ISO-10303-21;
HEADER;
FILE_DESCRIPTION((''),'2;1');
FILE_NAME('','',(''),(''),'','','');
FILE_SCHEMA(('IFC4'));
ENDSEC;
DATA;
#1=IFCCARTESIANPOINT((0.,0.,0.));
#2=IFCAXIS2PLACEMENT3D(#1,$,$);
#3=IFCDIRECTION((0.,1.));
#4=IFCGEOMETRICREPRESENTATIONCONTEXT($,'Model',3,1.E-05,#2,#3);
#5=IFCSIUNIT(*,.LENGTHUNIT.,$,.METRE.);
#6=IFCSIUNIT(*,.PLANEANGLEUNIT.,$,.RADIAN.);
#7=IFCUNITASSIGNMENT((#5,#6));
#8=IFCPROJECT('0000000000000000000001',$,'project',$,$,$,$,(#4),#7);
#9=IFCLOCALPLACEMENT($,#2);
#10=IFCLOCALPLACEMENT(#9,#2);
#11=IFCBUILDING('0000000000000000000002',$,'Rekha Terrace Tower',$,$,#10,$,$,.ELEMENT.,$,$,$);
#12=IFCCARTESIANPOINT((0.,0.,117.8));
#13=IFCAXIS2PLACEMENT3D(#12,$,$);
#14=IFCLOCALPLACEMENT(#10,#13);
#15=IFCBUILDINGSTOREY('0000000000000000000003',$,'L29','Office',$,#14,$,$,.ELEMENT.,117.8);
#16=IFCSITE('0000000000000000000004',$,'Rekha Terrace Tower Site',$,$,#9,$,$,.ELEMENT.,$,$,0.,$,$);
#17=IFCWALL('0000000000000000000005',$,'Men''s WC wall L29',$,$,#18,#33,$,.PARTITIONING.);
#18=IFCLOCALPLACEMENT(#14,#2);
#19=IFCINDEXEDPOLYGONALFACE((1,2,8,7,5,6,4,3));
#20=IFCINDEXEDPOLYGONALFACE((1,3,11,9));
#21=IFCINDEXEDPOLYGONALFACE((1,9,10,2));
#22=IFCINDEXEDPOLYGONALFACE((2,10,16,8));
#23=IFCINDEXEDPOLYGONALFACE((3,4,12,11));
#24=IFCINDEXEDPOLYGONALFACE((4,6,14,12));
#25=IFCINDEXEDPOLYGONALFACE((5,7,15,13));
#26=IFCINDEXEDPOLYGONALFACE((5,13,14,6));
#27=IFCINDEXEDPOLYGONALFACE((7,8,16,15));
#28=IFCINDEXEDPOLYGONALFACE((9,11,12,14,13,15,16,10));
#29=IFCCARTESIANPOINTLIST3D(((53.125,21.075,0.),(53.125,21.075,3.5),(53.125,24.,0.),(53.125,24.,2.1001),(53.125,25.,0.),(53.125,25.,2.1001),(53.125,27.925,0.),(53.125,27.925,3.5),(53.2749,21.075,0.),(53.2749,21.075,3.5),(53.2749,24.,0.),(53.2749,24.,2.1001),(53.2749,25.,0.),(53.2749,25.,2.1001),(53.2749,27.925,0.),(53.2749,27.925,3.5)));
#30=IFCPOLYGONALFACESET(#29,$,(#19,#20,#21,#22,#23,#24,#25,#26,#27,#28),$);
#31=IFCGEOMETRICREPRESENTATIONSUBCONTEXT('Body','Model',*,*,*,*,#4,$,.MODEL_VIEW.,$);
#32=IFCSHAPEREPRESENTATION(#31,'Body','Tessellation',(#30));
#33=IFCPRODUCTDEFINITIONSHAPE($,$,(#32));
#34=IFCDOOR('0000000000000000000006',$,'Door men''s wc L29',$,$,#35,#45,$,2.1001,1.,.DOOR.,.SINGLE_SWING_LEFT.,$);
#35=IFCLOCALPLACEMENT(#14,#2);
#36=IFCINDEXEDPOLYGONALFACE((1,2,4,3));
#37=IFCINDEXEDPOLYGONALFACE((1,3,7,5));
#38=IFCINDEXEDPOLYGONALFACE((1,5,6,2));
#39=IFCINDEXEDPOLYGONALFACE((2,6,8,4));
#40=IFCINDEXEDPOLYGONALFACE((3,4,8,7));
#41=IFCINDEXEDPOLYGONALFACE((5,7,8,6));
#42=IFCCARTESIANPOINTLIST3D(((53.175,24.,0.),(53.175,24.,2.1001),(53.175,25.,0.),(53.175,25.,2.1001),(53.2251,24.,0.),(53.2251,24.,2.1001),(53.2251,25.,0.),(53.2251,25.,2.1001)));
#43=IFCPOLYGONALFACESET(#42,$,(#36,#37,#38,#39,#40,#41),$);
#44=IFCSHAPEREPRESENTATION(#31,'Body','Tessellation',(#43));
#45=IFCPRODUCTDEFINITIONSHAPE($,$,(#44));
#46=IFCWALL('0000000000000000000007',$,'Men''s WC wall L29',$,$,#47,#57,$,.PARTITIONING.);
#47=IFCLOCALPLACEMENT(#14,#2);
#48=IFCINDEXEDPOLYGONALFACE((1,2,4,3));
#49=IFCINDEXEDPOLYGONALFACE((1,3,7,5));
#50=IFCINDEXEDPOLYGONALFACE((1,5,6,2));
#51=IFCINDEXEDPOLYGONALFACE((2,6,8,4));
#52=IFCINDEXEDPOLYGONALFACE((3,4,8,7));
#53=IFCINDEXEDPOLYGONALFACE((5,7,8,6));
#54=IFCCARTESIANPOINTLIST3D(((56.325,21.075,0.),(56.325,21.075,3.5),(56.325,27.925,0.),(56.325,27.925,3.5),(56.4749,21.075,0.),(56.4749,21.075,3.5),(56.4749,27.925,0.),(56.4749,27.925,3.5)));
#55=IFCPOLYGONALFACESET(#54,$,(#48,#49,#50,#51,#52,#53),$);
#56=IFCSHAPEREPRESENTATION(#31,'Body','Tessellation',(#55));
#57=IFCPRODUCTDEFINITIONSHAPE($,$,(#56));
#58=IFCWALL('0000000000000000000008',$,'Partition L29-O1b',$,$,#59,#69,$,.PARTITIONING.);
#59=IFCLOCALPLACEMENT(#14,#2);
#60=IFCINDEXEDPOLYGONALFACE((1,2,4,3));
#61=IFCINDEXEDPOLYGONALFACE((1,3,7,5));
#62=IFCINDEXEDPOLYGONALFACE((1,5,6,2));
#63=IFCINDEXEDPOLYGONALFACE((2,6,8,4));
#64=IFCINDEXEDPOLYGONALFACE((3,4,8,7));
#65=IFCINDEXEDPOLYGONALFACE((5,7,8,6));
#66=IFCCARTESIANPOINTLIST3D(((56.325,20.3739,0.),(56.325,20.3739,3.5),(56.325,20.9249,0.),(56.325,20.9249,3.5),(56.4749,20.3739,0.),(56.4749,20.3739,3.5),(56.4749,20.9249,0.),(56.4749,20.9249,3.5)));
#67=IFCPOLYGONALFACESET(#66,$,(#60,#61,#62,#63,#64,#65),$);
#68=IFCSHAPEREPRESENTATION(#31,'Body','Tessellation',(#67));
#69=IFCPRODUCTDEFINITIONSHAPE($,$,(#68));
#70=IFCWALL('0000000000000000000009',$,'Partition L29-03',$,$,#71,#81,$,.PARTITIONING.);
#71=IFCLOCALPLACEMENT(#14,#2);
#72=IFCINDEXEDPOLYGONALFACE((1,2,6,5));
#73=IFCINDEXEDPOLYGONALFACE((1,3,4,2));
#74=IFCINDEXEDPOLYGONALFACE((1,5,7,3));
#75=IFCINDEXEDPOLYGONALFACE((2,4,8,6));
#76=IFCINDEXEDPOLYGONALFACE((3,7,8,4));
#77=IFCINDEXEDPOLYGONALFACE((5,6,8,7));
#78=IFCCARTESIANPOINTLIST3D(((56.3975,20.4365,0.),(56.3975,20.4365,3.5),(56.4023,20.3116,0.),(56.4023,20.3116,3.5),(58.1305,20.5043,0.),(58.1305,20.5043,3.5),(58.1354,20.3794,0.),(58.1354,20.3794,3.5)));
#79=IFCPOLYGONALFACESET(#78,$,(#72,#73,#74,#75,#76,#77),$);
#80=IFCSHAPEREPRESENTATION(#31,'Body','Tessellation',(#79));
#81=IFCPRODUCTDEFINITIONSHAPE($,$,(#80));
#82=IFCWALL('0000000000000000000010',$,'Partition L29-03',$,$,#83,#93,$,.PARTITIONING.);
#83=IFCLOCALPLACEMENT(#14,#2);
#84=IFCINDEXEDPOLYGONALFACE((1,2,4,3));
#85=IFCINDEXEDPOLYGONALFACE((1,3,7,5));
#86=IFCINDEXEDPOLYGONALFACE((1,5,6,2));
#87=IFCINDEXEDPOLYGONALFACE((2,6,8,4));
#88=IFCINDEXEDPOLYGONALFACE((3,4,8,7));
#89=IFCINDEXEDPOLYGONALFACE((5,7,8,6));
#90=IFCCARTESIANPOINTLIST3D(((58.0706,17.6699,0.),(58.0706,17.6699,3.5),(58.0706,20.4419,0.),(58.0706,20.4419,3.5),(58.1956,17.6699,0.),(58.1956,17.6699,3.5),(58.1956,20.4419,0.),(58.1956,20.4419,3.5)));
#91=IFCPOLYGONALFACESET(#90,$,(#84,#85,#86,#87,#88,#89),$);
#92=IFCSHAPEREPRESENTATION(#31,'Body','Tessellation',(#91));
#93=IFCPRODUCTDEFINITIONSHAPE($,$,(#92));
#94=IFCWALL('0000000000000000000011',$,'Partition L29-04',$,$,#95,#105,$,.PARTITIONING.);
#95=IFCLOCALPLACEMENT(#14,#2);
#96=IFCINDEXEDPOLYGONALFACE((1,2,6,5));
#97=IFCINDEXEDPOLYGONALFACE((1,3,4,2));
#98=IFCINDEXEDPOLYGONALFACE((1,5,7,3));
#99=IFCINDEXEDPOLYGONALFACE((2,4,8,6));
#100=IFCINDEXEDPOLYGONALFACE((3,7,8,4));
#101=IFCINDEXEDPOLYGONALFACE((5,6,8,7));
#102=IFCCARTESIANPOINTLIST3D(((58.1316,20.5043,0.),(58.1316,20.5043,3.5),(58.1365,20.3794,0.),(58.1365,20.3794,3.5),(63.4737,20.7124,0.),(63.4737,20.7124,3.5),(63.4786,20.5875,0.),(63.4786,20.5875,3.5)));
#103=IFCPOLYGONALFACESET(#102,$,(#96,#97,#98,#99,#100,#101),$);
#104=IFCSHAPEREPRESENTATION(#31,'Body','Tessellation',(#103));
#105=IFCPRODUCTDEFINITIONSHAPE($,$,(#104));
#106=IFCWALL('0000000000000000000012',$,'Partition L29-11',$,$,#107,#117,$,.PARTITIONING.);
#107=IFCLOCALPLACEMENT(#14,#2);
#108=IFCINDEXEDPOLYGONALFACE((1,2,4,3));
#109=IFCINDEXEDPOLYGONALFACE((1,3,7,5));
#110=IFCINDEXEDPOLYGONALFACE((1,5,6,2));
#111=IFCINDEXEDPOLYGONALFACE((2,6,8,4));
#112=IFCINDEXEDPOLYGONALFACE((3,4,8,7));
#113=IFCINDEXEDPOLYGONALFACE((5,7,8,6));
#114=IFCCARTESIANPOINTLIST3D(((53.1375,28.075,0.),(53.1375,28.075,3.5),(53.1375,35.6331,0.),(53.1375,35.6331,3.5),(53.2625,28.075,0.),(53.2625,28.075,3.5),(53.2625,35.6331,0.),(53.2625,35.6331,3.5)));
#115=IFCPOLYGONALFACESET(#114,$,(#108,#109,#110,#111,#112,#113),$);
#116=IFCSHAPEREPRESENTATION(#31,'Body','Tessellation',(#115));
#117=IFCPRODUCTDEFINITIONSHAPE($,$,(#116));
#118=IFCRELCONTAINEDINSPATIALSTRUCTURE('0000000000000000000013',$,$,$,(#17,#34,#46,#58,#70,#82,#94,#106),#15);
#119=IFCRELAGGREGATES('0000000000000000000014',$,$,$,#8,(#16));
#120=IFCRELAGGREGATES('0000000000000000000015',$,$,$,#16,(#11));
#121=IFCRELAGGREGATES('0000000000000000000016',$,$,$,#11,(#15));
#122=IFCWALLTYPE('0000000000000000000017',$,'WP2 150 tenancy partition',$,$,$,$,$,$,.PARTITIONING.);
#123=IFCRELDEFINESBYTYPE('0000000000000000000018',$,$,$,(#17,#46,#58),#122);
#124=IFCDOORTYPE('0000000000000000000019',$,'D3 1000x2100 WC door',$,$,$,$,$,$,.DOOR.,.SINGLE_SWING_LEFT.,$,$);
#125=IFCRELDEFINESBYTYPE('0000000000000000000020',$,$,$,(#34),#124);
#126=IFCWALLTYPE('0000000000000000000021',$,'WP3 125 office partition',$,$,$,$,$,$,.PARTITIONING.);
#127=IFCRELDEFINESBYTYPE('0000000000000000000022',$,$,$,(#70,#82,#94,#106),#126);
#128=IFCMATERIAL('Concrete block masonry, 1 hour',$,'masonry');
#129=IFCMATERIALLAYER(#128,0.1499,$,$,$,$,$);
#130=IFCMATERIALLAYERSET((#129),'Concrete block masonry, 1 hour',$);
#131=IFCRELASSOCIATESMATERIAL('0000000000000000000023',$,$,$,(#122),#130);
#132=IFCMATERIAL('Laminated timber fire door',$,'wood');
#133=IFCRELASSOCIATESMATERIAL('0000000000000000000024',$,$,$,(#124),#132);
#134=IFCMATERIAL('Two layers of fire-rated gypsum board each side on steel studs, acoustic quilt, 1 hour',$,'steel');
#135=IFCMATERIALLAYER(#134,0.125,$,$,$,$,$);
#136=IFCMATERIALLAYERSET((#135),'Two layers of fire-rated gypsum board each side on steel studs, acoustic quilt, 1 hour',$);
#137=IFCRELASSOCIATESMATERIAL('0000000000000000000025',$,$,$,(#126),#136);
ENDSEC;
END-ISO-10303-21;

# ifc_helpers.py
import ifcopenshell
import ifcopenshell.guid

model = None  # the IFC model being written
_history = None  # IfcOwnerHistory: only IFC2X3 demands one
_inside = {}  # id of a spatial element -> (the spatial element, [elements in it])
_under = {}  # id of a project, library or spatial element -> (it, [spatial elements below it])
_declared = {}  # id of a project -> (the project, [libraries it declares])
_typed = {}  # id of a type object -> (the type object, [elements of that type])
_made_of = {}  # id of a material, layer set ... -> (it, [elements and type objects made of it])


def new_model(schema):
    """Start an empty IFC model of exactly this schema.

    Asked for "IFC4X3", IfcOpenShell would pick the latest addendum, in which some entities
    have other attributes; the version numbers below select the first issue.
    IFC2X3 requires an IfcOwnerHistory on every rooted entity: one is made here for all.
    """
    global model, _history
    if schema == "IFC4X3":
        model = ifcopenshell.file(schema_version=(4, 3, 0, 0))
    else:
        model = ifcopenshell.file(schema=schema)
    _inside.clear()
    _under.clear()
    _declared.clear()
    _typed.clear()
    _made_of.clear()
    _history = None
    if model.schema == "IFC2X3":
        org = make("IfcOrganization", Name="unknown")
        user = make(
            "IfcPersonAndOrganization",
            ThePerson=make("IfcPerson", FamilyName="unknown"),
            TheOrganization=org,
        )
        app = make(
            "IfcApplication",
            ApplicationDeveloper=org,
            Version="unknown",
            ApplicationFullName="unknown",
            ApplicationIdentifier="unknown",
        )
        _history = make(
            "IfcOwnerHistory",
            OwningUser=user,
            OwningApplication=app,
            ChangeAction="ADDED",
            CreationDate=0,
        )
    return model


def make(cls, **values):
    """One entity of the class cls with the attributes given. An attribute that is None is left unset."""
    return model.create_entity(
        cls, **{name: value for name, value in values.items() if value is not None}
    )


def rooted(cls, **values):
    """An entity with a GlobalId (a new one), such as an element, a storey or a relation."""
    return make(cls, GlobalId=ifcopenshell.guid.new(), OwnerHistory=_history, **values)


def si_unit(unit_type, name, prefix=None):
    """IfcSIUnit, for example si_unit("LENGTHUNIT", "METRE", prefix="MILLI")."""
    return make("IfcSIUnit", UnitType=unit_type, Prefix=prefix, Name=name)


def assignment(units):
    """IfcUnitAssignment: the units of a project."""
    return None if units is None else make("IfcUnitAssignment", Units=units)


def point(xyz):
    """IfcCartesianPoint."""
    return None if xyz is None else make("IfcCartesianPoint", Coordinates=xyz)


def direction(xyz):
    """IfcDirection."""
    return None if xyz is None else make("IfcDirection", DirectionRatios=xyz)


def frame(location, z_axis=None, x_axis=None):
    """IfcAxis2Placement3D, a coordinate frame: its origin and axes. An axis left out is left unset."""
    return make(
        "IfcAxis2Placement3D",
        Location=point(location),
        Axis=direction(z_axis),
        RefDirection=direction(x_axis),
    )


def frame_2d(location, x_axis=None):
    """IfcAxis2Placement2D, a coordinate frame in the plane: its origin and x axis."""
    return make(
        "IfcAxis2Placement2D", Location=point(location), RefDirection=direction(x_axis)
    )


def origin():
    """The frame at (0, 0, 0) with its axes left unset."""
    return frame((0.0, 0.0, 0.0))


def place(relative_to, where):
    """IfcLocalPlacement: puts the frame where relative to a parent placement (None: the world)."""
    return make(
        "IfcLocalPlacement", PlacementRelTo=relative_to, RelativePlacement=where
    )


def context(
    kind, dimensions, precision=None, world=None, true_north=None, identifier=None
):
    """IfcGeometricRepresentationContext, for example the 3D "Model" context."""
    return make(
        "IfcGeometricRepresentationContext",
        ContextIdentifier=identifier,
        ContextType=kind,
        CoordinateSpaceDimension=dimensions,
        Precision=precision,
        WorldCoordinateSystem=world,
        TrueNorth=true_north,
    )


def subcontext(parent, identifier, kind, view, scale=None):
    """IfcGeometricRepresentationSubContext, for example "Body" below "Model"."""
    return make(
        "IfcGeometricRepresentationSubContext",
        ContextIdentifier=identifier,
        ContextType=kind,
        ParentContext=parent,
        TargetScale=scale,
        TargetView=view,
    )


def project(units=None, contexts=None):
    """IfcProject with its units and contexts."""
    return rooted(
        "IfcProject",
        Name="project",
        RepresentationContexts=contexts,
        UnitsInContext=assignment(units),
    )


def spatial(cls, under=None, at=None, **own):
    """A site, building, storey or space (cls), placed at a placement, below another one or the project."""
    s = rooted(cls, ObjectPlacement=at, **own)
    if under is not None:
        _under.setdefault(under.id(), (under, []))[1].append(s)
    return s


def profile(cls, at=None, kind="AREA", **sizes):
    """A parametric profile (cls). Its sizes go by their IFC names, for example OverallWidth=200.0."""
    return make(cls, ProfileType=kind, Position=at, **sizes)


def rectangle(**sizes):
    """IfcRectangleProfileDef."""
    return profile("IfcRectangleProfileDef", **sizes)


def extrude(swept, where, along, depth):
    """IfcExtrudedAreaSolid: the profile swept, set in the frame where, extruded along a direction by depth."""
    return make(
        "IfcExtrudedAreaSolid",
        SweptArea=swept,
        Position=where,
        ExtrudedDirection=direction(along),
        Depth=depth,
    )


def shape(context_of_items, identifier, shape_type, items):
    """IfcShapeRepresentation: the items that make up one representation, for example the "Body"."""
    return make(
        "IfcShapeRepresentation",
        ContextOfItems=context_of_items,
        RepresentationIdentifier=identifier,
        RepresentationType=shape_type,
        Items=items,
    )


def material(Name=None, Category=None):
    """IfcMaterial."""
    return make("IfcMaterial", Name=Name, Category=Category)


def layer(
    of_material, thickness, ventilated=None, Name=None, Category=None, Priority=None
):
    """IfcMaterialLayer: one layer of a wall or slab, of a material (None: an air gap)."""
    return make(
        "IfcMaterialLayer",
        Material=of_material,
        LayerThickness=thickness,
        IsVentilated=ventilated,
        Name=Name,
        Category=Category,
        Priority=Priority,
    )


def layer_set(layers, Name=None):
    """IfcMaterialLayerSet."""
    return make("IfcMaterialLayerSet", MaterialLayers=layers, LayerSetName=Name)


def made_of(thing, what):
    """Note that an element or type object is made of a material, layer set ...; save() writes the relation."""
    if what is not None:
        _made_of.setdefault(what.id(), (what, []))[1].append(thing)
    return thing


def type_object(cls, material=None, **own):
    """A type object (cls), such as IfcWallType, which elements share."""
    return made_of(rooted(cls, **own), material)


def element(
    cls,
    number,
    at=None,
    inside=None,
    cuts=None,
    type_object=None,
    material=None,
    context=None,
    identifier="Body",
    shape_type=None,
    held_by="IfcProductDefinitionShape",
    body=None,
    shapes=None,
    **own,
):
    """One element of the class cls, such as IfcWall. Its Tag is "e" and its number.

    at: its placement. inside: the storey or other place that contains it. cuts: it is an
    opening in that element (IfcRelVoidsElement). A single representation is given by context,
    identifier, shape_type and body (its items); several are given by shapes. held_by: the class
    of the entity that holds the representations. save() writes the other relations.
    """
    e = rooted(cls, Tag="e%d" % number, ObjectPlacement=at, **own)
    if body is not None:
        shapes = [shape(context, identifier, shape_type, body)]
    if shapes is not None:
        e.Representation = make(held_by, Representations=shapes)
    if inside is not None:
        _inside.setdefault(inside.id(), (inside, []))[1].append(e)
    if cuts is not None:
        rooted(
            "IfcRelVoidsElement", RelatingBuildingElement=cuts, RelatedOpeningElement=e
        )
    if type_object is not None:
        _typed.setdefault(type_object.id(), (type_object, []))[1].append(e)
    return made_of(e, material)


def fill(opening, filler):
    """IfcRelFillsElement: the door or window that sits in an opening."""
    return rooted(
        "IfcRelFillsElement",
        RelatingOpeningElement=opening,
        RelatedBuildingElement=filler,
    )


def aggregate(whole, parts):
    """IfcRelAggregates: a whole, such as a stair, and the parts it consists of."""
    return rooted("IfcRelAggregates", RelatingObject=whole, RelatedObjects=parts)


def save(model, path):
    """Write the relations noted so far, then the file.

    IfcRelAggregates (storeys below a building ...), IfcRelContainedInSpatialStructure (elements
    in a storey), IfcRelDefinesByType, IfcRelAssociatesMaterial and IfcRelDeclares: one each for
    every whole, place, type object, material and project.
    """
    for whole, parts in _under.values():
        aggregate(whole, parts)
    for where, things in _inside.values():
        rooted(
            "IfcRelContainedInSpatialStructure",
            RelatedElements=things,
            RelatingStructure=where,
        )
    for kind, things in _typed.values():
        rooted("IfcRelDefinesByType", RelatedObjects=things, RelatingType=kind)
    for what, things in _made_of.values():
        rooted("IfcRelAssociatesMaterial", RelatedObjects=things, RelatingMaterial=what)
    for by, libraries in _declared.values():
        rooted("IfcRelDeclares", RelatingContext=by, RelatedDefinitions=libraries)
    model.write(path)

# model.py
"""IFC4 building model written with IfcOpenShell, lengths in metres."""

from ifc_helpers import new_model, si_unit, direction, frame, frame_2d, origin, place, context, subcontext, project, spatial, rectangle, extrude, material, layer, layer_set, type_object, element, fill, save


model = new_model("IFC4")

# Units and contexts
model_context = context("Model", 3, precision=1e-05, world=origin(), true_north=direction((0.0, 1.0)))
body_context = subcontext(model_context, "Body", "Model", "MODEL_VIEW")
ifc_project = project(units=[si_unit("LENGTHUNIT", "METRE"), si_unit("PLANEANGLEUNIT", "RADIAN")], contexts=[model_context])

# Site, building, storey
site_placement = place(None, origin())
site = spatial("IfcSite", under=ifc_project, at=site_placement, Name="Rekha Terrace Tower Site", CompositionType="ELEMENT", RefElevation=0.0)
building_placement = place(site_placement, origin())
building = spatial("IfcBuilding", under=site, at=building_placement, Name="Rekha Terrace Tower", CompositionType="ELEMENT")
storey_placement = place(building_placement, frame((0.0, 0.0, 117.8)))
storey = spatial("IfcBuildingStorey", under=building, at=storey_placement, Name="L29", Description="Office", CompositionType="ELEMENT", Elevation=117.8)

# Shared definitions
ifc_material_1 = material(Name="Concrete block masonry, 1 hour", Category="masonry")
ifc_layer_1 = layer(ifc_material_1, 0.1499)
ifc_layer_set_1 = layer_set([ifc_layer_1], Name="Concrete block masonry, 1 hour")
wall_type_1 = type_object("IfcWallType", Name="WP2 150 tenancy partition", PredefinedType="PARTITIONING", material=ifc_layer_set_1)

# Wall, opening, door
wall_1_placement = place(storey_placement, frame((53.2, 21.075, 0.0), z_axis=(0.0, 0.0, 1.0), x_axis=(0.0, 1.0, 0.0)))
wall_1 = element("IfcWall", 1, at=wall_1_placement, inside=storey, type_object=wall_type_1, Name="Men's WC wall L29", PredefinedType="PARTITIONING", context=body_context, shape_type="SweptSolid", body=[
    extrude(rectangle(XDim=6.8501, YDim=0.1499, at=frame_2d((3.425, 0.0))), origin(), (0.0, 0.0, 1.0), 3.5),
])
opening_1_placement = place(wall_1_placement, frame((2.925, 0.0, 0.0)))
opening_1 = element("IfcOpeningElement", 2, at=opening_1_placement, cuts=wall_1, PredefinedType="OPENING", context=body_context, shape_type="SweptSolid", body=[
    extrude(rectangle(XDim=1.0, YDim=2.1001, at=frame_2d((0.5, 1.05))), frame((0.0, 0.085, 0.0), z_axis=(0.0, -1.0, 0.0), x_axis=(1.0, 0.0, 0.0)), (0.0, 0.0, 1.0), 0.1699),
])
ifc_material_2 = material(Name="Laminated timber fire door", Category="wood")
door_type_1 = type_object("IfcDoorType", Name="D3 1000x2100 WC door", OperationType="SINGLE_SWING_LEFT", PredefinedType="DOOR", material=ifc_material_2)
door_1_placement = place(opening_1_placement, origin())
door_1 = element("IfcDoor", 3, at=door_1_placement, inside=storey, type_object=door_type_1, Name="Door men's wc L29", OperationType="SINGLE_SWING_LEFT", OverallHeight=2.1001, OverallWidth=1.0, PredefinedType="DOOR", context=body_context, shape_type="SweptSolid", body=[
    extrude(rectangle(XDim=1.0, YDim=2.1001, at=frame_2d((0.5, 1.05))), frame((0.0, 0.0249, 0.0), z_axis=(0.0, -1.0, 0.0), x_axis=(1.0, 0.0, 0.0)), (0.0, 0.0, 1.0), 0.05),
])
fill(opening_1, door_1)

# Walls
wall_2_placement = place(storey_placement, frame((56.3999, 21.075, 0.0), z_axis=(0.0, 0.0, 1.0), x_axis=(0.0, 1.0, 0.0)))
element("IfcWall", 4, at=wall_2_placement, inside=storey, type_object=wall_type_1, Name="Men's WC wall L29", PredefinedType="PARTITIONING", context=body_context, shape_type="SweptSolid", body=[
    extrude(rectangle(XDim=6.8501, YDim=0.1499, at=frame_2d((3.425, 0.0))), origin(), (0.0, 0.0, 1.0), 3.5),
])
wall_3_placement = place(storey_placement, frame((56.3999, 20.374, 0.0), z_axis=(0.0, 0.0, 1.0), x_axis=(0.0, 1.0, 0.0)))
element("IfcWall", 5, at=wall_3_placement, inside=storey, type_object=wall_type_1, Name="Partition L29-O1b", PredefinedType="PARTITIONING", context=body_context, shape_type="SweptSolid", body=[
    extrude(rectangle(XDim=0.551, YDim=0.1499, at=frame_2d((0.2754, 0.0))), origin(), (0.0, 0.0, 1.0), 3.5),
])
ifc_material_3 = material(Name="Two layers of fire-rated gypsum board each side on steel studs, acoustic quilt, 1 hour", Category="steel")
ifc_layer_2 = layer(ifc_material_3, 0.125)
ifc_layer_set_2 = layer_set([ifc_layer_2], Name="Two layers of fire-rated gypsum board each side on steel studs, acoustic quilt, 1 hour")
wall_type_2 = type_object("IfcWallType", Name="WP3 125 office partition", PredefinedType="PARTITIONING", material=ifc_layer_set_2)
wall_4_placement = place(storey_placement, frame((56.3999, 20.374, 0.0), z_axis=(0.0, 0.0, 1.0), x_axis=(0.999234, 0.03913, 0.0)))
element("IfcWall", 6, at=wall_4_placement, inside=storey, type_object=wall_type_2, Name="Partition L29-03", PredefinedType="PARTITIONING", context=body_context, shape_type="SweptSolid", body=[
    extrude(rectangle(XDim=1.7344, YDim=0.125, at=frame_2d((0.8672, 0.0))), origin(), (0.0, 0.0, 1.0), 3.5),
])
wall_5_placement = place(storey_placement, frame((58.1331, 20.4419, 0.0), z_axis=(0.0, 0.0, 1.0), x_axis=(0.0, -1.0, 0.0)))
element("IfcWall", 7, at=wall_5_placement, inside=storey, type_object=wall_type_2, Name="Partition L29-03", PredefinedType="PARTITIONING", context=body_context, shape_type="SweptSolid", body=[
    extrude(rectangle(XDim=2.772, YDim=0.125, at=frame_2d((1.386, 0.0))), origin(), (0.0, 0.0, 1.0), 3.5),
])
wall_6_placement = place(storey_placement, frame((58.134, 20.4419, 0.0), z_axis=(0.0, 0.0, 1.0), x_axis=(0.999243, 0.038908, 0.0)))
element("IfcWall", 8, at=wall_6_placement, inside=storey, type_object=wall_type_2, Name="Partition L29-04", PredefinedType="PARTITIONING", context=body_context, shape_type="SweptSolid", body=[
    extrude(rectangle(XDim=5.3462, YDim=0.125, at=frame_2d((2.6731, 0.0))), origin(), (0.0, 0.0, 1.0), 3.5),
])
wall_7_placement = place(storey_placement, frame((53.2, 28.075, 0.0), z_axis=(0.0, 0.0, 1.0), x_axis=(0.0, 1.0, 0.0)))
element("IfcWall", 9, at=wall_7_placement, inside=storey, type_object=wall_type_2, Name="Partition L29-11", PredefinedType="PARTITIONING", context=body_context, shape_type="SweptSolid", body=[
    extrude(rectangle(XDim=7.5581, YDim=0.125, at=frame_2d((3.7791, 0.0))), origin(), (0.0, 0.0, 1.0), 3.5),
])

save(model, "model.ifc")
